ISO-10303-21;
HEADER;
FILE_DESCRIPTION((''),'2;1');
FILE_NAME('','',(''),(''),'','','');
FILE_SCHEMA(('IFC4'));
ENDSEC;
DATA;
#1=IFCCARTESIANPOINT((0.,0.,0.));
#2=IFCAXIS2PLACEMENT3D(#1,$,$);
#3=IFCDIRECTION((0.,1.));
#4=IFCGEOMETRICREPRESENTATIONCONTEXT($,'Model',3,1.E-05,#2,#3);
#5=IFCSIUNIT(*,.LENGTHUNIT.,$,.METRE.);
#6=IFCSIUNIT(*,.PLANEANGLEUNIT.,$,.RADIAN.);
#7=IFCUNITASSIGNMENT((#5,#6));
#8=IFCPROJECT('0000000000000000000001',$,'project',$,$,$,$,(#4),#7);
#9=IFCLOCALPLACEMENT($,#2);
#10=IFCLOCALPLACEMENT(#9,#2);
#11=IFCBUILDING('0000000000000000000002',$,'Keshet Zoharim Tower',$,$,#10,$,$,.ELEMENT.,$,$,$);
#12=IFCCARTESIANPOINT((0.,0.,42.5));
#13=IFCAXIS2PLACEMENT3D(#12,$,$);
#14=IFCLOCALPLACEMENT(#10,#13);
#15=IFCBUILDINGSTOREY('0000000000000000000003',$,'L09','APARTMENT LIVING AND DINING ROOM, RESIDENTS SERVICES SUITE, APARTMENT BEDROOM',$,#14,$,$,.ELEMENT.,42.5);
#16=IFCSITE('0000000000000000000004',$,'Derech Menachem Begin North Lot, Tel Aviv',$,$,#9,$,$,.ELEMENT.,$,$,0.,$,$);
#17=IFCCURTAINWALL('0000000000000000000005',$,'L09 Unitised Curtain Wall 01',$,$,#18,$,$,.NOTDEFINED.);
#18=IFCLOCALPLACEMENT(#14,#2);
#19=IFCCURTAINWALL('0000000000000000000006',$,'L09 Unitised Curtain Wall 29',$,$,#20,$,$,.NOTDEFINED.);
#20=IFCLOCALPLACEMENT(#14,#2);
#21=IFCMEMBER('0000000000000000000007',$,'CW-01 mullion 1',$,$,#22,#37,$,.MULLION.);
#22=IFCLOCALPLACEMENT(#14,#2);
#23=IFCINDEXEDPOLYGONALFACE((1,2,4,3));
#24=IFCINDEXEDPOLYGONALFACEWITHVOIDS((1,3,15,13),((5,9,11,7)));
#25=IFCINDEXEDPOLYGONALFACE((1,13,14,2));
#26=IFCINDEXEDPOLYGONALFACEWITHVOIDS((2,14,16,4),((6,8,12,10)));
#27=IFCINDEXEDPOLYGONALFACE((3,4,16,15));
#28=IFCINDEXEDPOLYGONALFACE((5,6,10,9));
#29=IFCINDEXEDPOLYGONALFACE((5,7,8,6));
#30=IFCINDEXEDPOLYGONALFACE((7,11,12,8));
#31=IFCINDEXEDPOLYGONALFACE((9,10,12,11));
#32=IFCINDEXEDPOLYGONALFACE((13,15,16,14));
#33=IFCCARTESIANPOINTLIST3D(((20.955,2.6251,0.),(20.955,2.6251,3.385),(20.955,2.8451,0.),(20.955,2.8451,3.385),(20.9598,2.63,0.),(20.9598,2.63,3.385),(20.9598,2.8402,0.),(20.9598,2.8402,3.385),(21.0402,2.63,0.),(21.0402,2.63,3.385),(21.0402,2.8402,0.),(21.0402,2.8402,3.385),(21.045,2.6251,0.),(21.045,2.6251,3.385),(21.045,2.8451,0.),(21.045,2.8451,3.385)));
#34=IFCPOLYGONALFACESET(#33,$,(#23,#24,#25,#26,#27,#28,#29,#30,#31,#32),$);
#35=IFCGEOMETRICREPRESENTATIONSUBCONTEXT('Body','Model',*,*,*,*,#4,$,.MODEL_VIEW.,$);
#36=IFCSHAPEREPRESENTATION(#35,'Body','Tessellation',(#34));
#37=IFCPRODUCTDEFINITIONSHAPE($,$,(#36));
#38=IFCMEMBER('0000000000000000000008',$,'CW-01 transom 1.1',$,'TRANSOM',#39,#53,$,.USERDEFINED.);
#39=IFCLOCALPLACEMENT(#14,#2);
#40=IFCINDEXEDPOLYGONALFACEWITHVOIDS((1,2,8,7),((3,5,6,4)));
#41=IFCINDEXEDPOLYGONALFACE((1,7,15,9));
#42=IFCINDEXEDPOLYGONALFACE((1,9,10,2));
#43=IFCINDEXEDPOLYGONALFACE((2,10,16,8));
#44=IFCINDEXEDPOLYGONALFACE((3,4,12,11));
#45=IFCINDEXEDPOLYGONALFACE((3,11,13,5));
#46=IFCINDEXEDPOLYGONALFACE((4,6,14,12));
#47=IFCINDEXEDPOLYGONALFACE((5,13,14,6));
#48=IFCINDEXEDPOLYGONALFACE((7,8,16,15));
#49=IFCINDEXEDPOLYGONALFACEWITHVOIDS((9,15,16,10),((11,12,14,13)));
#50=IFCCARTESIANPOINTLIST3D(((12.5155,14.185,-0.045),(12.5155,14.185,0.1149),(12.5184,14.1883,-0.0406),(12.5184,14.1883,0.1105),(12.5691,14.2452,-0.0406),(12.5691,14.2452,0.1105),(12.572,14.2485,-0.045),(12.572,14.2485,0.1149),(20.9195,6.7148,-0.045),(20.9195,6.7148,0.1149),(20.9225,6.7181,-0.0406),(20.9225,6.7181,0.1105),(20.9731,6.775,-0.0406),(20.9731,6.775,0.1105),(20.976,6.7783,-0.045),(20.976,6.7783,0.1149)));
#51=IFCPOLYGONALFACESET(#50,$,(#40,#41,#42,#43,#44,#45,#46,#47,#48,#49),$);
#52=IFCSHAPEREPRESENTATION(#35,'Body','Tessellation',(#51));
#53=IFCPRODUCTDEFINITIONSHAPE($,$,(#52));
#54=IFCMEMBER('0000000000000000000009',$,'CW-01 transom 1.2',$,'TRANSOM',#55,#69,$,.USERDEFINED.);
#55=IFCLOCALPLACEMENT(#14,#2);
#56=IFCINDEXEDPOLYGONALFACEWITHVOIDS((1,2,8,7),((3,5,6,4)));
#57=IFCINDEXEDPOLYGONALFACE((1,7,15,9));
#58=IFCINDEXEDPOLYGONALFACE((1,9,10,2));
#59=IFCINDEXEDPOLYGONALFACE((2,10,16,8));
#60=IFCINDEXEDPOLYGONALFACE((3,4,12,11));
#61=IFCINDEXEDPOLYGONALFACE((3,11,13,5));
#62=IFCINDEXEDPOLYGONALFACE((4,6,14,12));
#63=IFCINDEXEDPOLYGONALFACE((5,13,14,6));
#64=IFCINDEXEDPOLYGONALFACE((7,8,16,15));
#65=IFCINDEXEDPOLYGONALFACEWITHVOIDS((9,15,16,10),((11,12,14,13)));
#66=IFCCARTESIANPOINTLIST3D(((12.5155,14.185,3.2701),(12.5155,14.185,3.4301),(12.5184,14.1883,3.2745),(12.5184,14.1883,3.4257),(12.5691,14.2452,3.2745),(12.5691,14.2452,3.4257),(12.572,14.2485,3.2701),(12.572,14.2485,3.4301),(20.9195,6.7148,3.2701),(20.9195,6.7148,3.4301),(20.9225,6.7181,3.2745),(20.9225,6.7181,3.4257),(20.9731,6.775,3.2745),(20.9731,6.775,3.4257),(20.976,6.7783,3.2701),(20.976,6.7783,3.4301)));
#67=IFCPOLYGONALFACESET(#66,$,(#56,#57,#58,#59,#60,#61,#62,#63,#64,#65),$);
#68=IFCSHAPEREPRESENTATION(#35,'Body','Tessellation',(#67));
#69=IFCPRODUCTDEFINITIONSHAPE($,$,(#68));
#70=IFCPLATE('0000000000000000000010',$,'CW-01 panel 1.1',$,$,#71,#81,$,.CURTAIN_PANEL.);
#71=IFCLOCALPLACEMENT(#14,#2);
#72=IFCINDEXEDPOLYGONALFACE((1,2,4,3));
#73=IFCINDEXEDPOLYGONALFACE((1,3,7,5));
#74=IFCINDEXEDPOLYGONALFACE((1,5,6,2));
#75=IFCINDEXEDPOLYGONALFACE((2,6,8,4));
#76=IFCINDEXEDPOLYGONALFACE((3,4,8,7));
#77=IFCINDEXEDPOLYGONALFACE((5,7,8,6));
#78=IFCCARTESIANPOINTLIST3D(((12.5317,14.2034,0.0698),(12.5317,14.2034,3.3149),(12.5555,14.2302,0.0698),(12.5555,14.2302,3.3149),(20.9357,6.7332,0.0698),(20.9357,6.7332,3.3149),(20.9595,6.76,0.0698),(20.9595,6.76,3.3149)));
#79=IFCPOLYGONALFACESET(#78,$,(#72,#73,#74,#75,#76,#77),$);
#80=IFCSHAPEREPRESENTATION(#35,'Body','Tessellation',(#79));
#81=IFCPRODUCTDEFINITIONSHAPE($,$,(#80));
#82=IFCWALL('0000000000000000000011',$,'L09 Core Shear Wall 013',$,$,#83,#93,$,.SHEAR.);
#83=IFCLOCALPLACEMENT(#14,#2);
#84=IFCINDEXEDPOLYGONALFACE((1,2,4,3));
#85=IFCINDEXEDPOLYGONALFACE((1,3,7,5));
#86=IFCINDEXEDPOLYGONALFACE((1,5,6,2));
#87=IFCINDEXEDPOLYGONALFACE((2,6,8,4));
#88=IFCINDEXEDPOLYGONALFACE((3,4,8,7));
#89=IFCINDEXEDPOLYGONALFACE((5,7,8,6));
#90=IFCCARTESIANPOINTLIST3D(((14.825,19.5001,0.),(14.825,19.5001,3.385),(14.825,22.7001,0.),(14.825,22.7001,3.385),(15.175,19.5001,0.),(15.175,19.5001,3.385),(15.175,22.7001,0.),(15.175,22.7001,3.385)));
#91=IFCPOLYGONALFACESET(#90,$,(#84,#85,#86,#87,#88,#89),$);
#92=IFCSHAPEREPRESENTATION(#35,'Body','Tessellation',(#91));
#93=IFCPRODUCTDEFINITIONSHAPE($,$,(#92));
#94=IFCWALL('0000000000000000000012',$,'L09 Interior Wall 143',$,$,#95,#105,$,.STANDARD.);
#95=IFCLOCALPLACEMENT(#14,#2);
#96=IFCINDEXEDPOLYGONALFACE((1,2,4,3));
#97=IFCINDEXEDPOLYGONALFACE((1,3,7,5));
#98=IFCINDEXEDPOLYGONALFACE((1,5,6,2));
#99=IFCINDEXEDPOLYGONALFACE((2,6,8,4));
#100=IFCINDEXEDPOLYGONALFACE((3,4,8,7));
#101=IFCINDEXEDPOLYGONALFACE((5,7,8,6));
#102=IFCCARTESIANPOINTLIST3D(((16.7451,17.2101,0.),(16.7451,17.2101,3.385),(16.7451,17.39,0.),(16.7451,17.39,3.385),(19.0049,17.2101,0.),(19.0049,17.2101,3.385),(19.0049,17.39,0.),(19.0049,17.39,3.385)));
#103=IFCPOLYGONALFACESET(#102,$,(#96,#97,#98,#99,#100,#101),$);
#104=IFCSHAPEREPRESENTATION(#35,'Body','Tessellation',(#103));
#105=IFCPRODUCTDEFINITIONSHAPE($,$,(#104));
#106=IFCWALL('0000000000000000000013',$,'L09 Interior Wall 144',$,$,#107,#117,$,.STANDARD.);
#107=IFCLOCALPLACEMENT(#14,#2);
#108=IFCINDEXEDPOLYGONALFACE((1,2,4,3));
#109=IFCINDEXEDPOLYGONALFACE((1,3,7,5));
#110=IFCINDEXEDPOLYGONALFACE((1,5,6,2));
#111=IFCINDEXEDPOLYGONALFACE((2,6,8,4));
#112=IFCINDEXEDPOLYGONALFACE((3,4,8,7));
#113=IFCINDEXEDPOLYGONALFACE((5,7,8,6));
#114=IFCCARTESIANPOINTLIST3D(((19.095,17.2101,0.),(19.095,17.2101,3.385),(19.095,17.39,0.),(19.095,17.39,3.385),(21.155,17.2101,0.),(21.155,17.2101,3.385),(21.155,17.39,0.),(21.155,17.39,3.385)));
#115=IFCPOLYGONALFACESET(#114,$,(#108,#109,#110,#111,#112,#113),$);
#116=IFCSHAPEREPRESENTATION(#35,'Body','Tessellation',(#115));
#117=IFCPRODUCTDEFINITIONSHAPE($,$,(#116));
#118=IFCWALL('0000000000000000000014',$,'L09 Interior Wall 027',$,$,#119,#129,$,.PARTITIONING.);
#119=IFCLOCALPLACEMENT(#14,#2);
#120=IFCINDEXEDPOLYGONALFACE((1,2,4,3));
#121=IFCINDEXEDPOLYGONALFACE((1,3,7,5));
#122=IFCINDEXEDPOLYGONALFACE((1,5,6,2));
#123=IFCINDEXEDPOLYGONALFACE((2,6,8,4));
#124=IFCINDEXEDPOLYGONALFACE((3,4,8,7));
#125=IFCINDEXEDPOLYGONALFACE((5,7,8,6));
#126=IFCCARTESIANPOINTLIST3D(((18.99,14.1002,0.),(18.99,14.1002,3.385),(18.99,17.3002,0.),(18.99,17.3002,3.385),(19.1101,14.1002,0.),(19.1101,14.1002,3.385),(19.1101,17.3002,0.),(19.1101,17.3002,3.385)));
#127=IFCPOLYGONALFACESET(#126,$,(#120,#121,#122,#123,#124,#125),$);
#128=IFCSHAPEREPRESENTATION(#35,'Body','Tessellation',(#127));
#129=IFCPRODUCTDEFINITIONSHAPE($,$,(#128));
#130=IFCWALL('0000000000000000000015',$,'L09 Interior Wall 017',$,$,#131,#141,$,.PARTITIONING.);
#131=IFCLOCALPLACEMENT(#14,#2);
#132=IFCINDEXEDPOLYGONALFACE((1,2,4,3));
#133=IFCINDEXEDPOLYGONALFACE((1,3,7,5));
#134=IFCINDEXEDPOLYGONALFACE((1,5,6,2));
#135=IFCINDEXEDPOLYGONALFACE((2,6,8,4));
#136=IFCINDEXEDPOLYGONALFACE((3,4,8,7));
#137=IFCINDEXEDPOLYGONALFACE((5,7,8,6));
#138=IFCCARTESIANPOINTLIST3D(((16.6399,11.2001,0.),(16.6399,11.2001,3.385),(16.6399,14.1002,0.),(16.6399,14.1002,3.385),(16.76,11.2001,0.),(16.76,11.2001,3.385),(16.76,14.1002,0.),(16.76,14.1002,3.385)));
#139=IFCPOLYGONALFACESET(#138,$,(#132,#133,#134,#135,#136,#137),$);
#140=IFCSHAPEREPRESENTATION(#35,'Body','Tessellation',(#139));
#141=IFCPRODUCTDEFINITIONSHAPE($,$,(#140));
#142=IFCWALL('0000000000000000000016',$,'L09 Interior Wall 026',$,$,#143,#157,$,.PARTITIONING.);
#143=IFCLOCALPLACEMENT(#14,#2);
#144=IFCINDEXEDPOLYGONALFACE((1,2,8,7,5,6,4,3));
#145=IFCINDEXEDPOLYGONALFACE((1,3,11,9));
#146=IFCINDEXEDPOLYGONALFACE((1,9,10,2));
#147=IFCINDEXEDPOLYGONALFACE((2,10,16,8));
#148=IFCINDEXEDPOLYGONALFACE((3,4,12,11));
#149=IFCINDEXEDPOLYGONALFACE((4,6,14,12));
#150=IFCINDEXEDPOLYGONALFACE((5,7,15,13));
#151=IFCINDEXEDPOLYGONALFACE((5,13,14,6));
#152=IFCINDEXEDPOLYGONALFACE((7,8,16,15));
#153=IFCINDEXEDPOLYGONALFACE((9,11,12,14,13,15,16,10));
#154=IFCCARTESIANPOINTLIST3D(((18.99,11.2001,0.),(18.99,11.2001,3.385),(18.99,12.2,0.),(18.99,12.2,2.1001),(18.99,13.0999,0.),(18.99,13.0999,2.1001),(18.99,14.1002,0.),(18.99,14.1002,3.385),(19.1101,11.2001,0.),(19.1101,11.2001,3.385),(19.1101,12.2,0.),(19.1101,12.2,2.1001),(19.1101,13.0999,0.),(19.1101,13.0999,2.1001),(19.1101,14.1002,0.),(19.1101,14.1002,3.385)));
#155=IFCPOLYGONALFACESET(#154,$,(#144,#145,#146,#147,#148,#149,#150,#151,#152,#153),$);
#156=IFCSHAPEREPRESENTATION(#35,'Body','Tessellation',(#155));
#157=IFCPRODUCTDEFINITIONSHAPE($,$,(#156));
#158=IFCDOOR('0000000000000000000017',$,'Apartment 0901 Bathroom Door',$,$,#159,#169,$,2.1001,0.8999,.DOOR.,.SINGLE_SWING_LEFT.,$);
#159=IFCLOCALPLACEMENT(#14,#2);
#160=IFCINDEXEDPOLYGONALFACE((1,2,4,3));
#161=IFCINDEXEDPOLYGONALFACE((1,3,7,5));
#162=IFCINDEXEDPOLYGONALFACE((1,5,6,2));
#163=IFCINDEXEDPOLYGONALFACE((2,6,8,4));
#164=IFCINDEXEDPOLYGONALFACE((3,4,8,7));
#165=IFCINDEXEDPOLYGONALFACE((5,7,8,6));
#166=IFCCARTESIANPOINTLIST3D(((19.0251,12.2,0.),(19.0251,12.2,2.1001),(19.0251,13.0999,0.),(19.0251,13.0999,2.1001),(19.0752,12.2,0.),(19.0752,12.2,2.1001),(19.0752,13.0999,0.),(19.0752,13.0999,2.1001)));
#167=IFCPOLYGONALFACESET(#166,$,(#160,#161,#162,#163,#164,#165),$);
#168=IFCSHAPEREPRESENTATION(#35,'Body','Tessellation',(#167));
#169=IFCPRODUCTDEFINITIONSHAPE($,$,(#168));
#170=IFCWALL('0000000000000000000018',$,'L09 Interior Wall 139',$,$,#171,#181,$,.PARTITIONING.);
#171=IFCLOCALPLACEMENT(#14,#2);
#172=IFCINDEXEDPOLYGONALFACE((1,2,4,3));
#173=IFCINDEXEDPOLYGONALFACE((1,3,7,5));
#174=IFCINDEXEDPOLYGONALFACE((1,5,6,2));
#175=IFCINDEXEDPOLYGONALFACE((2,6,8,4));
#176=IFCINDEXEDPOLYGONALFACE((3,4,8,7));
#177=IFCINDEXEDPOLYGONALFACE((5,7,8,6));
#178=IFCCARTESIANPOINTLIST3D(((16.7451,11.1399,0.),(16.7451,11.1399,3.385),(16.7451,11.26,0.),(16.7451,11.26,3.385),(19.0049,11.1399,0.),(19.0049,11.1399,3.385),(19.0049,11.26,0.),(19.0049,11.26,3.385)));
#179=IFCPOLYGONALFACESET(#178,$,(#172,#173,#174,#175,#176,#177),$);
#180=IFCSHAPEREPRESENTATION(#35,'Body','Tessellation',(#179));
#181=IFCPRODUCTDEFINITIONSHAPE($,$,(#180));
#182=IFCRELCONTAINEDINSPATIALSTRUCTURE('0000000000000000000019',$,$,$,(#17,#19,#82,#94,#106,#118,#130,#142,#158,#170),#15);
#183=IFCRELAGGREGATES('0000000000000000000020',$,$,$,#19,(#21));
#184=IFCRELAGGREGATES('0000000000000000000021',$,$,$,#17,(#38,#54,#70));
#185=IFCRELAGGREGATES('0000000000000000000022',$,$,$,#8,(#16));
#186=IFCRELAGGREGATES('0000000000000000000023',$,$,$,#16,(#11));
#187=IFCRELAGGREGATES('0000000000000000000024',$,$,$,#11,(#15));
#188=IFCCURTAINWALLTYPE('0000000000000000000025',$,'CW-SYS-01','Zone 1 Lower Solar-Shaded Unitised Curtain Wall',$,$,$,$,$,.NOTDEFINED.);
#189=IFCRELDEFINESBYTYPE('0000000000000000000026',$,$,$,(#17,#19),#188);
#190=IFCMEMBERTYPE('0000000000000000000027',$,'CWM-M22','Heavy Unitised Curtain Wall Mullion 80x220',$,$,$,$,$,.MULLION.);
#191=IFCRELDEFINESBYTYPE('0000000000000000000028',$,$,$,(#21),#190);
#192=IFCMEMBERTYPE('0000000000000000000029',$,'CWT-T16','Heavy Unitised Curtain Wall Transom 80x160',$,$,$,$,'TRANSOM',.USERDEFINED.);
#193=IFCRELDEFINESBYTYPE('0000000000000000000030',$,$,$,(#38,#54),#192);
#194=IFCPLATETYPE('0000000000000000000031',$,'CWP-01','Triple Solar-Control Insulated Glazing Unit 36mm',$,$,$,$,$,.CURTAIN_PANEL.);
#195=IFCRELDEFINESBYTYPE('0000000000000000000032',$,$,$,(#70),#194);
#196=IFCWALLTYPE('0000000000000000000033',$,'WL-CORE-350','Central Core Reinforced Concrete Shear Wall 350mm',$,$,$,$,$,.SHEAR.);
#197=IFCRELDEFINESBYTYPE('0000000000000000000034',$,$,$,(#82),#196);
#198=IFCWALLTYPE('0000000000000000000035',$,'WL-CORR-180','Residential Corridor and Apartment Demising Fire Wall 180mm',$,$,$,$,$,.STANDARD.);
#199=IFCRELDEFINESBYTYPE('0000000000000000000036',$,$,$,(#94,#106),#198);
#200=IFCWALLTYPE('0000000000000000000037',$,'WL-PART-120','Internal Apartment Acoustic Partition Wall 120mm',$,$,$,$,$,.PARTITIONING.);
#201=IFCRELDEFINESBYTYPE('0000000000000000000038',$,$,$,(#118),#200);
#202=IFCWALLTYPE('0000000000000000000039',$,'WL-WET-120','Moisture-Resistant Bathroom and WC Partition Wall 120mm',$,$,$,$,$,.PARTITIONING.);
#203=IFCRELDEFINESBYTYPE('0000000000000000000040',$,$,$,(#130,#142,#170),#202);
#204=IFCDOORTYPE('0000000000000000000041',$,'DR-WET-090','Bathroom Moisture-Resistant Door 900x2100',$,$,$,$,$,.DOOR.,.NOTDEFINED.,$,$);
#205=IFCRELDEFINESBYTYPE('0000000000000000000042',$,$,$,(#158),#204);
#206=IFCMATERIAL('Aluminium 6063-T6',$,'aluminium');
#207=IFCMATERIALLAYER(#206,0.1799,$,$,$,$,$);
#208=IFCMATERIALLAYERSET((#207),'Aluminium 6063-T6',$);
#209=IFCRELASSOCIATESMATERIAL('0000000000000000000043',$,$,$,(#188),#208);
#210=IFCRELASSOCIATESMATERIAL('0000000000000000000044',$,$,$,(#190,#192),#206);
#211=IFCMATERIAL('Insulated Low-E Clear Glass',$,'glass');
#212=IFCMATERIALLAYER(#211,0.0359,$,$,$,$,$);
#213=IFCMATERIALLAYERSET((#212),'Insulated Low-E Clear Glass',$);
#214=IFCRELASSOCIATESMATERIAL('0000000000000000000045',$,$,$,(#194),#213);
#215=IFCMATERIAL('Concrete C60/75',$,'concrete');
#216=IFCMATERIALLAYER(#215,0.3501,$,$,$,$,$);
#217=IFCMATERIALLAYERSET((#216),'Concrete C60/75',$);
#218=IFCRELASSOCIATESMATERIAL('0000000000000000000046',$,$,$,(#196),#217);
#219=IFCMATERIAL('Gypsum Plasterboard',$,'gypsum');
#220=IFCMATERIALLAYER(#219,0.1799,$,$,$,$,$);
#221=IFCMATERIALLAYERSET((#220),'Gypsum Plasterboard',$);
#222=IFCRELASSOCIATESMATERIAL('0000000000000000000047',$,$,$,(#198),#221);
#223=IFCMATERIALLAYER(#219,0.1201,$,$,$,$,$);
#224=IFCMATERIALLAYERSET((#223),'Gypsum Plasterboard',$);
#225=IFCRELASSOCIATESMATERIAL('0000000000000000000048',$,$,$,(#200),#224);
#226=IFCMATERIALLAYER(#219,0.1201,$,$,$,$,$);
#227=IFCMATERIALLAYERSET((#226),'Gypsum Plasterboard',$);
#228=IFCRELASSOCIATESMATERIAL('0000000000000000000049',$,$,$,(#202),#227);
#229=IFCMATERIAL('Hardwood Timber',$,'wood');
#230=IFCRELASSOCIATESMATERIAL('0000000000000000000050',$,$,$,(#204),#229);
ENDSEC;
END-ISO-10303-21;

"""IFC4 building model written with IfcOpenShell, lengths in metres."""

from ifc_helpers import new_model, si_unit, direction, frame, frame_2d, origin, origin_2d, place, context, subcontext, project, spatial, rectangle, hollow_rectangle, extrude, material, layer, layer_set, material_profile, profile_set, type_object, element, fill, aggregate, save


model = new_model("IFC4")

# Units and contexts
model_context = context("Model", 3, precision=1e-05, world=origin(), true_north=direction((0.0, 1.0)))
body_context = subcontext(model_context, "Body", "Model", "MODEL_VIEW")
ifc_project = project(units=[si_unit("LENGTHUNIT", "METRE"), si_unit("PLANEANGLEUNIT", "RADIAN")], contexts=[model_context])

# Site, building, storey
site_placement = place(None, origin())
site = spatial("IfcSite", under=ifc_project, at=site_placement, Name="Derech Menachem Begin North Lot, Tel Aviv", CompositionType="ELEMENT", RefElevation=0.0)
building_placement = place(site_placement, origin())
building = spatial("IfcBuilding", under=site, at=building_placement, Name="Keshet Zoharim Tower", CompositionType="ELEMENT")
storey_placement = place(building_placement, frame((0.0, 0.0, 42.5)))
storey = spatial("IfcBuildingStorey", under=building, at=storey_placement, Name="L09", Description="APARTMENT LIVING AND DINING ROOM, RESIDENTS SERVICES SUITE, APARTMENT BEDROOM", CompositionType="ELEMENT", Elevation=42.5)

# Shared definitions
ifc_material_1 = material(Name="Concrete C60/75", Category="concrete")

# Curtain walls, member
ifc_material_2 = material(Name="Aluminium 6063-T6", Category="aluminium")
ifc_layer_1 = layer(ifc_material_2, 0.1799)
ifc_layer_set_1 = layer_set([ifc_layer_1], Name="Aluminium 6063-T6")
curtain_wall_type = type_object("IfcCurtainWallType", Name="CW-SYS-01", Description="Zone 1 Lower Solar-Shaded Unitised Curtain Wall", PredefinedType="NOTDEFINED", material=ifc_layer_set_1)
curtain_wall_1_placement = place(storey_placement, origin())
curtain_wall_1 = element("IfcCurtainWall", 1, at=curtain_wall_1_placement, inside=storey, type_object=curtain_wall_type, Name="L09 Unitised Curtain Wall 01", PredefinedType="NOTDEFINED")
ifc_material_profile_1 = material_profile(ifc_material_2, hollow_rectangle(XDim=0.0901, YDim=0.22, WallThickness=0.0049, at=origin_2d()), Name="MUL-90x220")
ifc_profile_set_1 = profile_set([ifc_material_profile_1], Name="Aluminium 6063-T6")
member_type_1 = type_object("IfcMemberType", Name="CWM-M22", Description="Heavy Unitised Curtain Wall Mullion 80x220", PredefinedType="MULLION", material=ifc_profile_set_1)
curtain_wall_2_placement = place(storey_placement, origin())
curtain_wall_2 = element("IfcCurtainWall", 2, at=curtain_wall_2_placement, inside=storey, type_object=curtain_wall_type, Name="L09 Unitised Curtain Wall 29", PredefinedType="NOTDEFINED")
member_1_placement = place(storey_placement, frame((21.0, 2.7351, 0.0), z_axis=(0.0, 0.0, 1.0), x_axis=(-1.0, 0.0, 0.0)))
member_1 = element("IfcMember", 3, at=member_1_placement, type_object=member_type_1, Name="CW-01 mullion 1", PredefinedType="MULLION", context=body_context, shape_type="SweptSolid", body=[
    extrude(hollow_rectangle(XDim=0.0901, YDim=0.22, WallThickness=0.0049, at=origin_2d()), origin(), (0.0, 0.0, 1.0), 3.385),
])
aggregate(curtain_wall_2, [member_1])

# Members
ifc_material_profile_2 = material_profile(ifc_material_2, hollow_rectangle(XDim=0.085, YDim=0.1599, WallThickness=0.0044, at=origin_2d()), Name="TRN-85x160")
ifc_profile_set_2 = profile_set([ifc_material_profile_2], Name="Aluminium 6063-T6")
member_type_2 = type_object("IfcMemberType", Name="CWT-T16", Description="Heavy Unitised Curtain Wall Transom 80x160", ElementType="TRANSOM", PredefinedType="USERDEFINED", material=ifc_profile_set_2)
member_2_placement = place(storey_placement, frame((20.9478, 6.7466, 0.0349), z_axis=(-0.747412, 0.664361, 0.0), x_axis=(-0.664361, -0.747412, 0.0)))
member_2 = element("IfcMember", 4, at=member_2_placement, type_object=member_type_2, Name="CW-01 transom 1.1", ObjectType="TRANSOM", PredefinedType="USERDEFINED", context=body_context, shape_type="SweptSolid", body=[
    extrude(hollow_rectangle(XDim=0.085, YDim=0.1599, WallThickness=0.0044, at=origin_2d()), origin(), (0.0, 0.0, 1.0), 11.2441),
])
member_3_placement = place(storey_placement, frame((20.9478, 6.7466, 3.3501), z_axis=(-0.747412, 0.664361, 0.0), x_axis=(-0.664361, -0.747412, 0.0)))
member_3 = element("IfcMember", 5, at=member_3_placement, type_object=member_type_2, Name="CW-01 transom 1.2", ObjectType="TRANSOM", PredefinedType="USERDEFINED", context=body_context, shape_type="SweptSolid", body=[
    extrude(hollow_rectangle(XDim=0.085, YDim=0.1599, WallThickness=0.0044, at=origin_2d()), origin(), (0.0, 0.0, 1.0), 11.2441),
])

# Plate
ifc_material_3 = material(Name="Insulated Low-E Clear Glass", Category="glass")
ifc_layer_2 = layer(ifc_material_3, 0.0359)
ifc_layer_set_2 = layer_set([ifc_layer_2], Name="Insulated Low-E Clear Glass")
plate_type = type_object("IfcPlateType", Name="CWP-01", Description="Triple Solar-Control Insulated Glazing Unit 36mm", PredefinedType="CURTAIN_PANEL", material=ifc_layer_set_2)
plate_placement = place(storey_placement, frame((16.7456, 10.4817, 0.0698), z_axis=(0.0, 0.0, 1.0), x_axis=(-0.747409, 0.664364, 0.0)))
plate = element("IfcPlate", 6, at=plate_placement, type_object=plate_type, Name="CW-01 panel 1.1", PredefinedType="CURTAIN_PANEL", context=body_context, shape_type="SweptSolid", body=[
    extrude(rectangle(XDim=11.2441, YDim=0.0359, at=origin_2d()), origin(), (0.0, 0.0, 1.0), 3.2451),
])
aggregate(curtain_wall_1, [member_2, member_3, plate])

# Walls
ifc_layer_3 = layer(ifc_material_1, 0.3501)
ifc_layer_set_3 = layer_set([ifc_layer_3], Name="Concrete C60/75")
wall_type_1 = type_object("IfcWallType", Name="WL-CORE-350", Description="Central Core Reinforced Concrete Shear Wall 350mm", PredefinedType="SHEAR", material=ifc_layer_set_3)
wall_1_placement = place(storey_placement, frame((15.0, 19.5, 0.0), z_axis=(0.0, 0.0, 1.0), x_axis=(0.0, 1.0, 0.0)))
element("IfcWall", 7, at=wall_1_placement, inside=storey, type_object=wall_type_1, Name="L09 Core Shear Wall 013", PredefinedType="SHEAR", context=body_context, shape_type="SweptSolid", body=[
    extrude(rectangle(XDim=3.2, YDim=0.3501, at=frame_2d((1.6001, 0.0))), origin(), (0.0, 0.0, 1.0), 3.385),
])
ifc_material_4 = material(Name="Gypsum Plasterboard", Category="gypsum")
ifc_layer_4 = layer(ifc_material_4, 0.1799)
ifc_layer_set_4 = layer_set([ifc_layer_4], Name="Gypsum Plasterboard")
wall_type_2 = type_object("IfcWallType", Name="WL-CORR-180", Description="Residential Corridor and Apartment Demising Fire Wall 180mm", PredefinedType="STANDARD", material=ifc_layer_set_4)
wall_2_placement = place(storey_placement, frame((16.7451, 17.3, 0.0), z_axis=(0.0, 0.0, 1.0), x_axis=(1.0, 0.0, 0.0)))
element("IfcWall", 8, at=wall_2_placement, inside=storey, type_object=wall_type_2, Name="L09 Interior Wall 143", PredefinedType="STANDARD", context=body_context, shape_type="SweptSolid", body=[
    extrude(rectangle(XDim=2.2598, YDim=0.1799, at=frame_2d((1.1299, 0.0))), origin(), (0.0, 0.0, 1.0), 3.385),
])
wall_3_placement = place(storey_placement, frame((19.095, 17.3, 0.0), z_axis=(0.0, 0.0, 1.0), x_axis=(1.0, 0.0, 0.0)))
element("IfcWall", 9, at=wall_3_placement, inside=storey, type_object=wall_type_2, Name="L09 Interior Wall 144", PredefinedType="STANDARD", context=body_context, shape_type="SweptSolid", body=[
    extrude(rectangle(XDim=2.0601, YDim=0.1799, at=frame_2d((1.03, 0.0))), origin(), (0.0, 0.0, 1.0), 3.385),
])

# Shared definitions
ifc_layer_5 = layer(ifc_material_4, 0.1201)
ifc_layer_set_5 = layer_set([ifc_layer_5], Name="Gypsum Plasterboard")
wall_type_3 = type_object("IfcWallType", Name="WL-PART-120", Description="Internal Apartment Acoustic Partition Wall 120mm", PredefinedType="PARTITIONING", material=ifc_layer_set_5)
ifc_material_5 = material(Name="Hardwood Timber", Category="wood")

# Walls
wall_4_placement = place(storey_placement, frame((19.05, 14.1001, 0.0), z_axis=(0.0, 0.0, 1.0), x_axis=(0.0, 1.0, 0.0)))
element("IfcWall", 10, at=wall_4_placement, inside=storey, type_object=wall_type_3, Name="L09 Interior Wall 027", PredefinedType="PARTITIONING", context=body_context, shape_type="SweptSolid", body=[
    extrude(rectangle(XDim=3.2, YDim=0.1201, at=frame_2d((1.6001, 0.0))), origin(), (0.0, 0.0, 1.0), 3.385),
])
ifc_layer_6 = layer(ifc_material_4, 0.1201)
ifc_layer_set_6 = layer_set([ifc_layer_6], Name="Gypsum Plasterboard")
wall_type_4 = type_object("IfcWallType", Name="WL-WET-120", Description="Moisture-Resistant Bathroom and WC Partition Wall 120mm", PredefinedType="PARTITIONING", material=ifc_layer_set_6)
wall_5_placement = place(storey_placement, frame((16.7, 11.2, 0.0), z_axis=(0.0, 0.0, 1.0), x_axis=(0.0, 1.0, 0.0)))
element("IfcWall", 11, at=wall_5_placement, inside=storey, type_object=wall_type_4, Name="L09 Interior Wall 017", PredefinedType="PARTITIONING", context=body_context, shape_type="SweptSolid", body=[
    extrude(rectangle(XDim=2.9001, YDim=0.1201, at=frame_2d((1.4502, 0.0))), origin(), (0.0, 0.0, 1.0), 3.385),
])

# Wall, opening, door
wall_6_placement = place(storey_placement, frame((19.05, 11.2, 0.0), z_axis=(0.0, 0.0, 1.0), x_axis=(0.0, 1.0, 0.0)))
wall_6 = element("IfcWall", 12, at=wall_6_placement, inside=storey, type_object=wall_type_4, Name="L09 Interior Wall 026", PredefinedType="PARTITIONING", context=body_context, shape_type="SweptSolid", body=[
    extrude(rectangle(XDim=2.9001, YDim=0.1201, at=frame_2d((1.4502, 0.0))), origin(), (0.0, 0.0, 1.0), 3.385),
])
opening_1_placement = place(wall_6_placement, frame((1.0, 0.0, 0.0)))
opening_1 = element("IfcOpeningElement", 13, at=opening_1_placement, cuts=wall_6, PredefinedType="OPENING", context=body_context, shape_type="SweptSolid", body=[
    extrude(rectangle(XDim=0.8999, YDim=2.1001, at=frame_2d((0.45, 1.05))), frame((0.0, 0.0701, 0.0), z_axis=(0.0, -1.0, 0.0), x_axis=(1.0, 0.0, 0.0)), (0.0, 0.0, 1.0), 0.1401),
])
door_type_1 = type_object("IfcDoorType", Name="DR-WET-090", Description="Bathroom Moisture-Resistant Door 900x2100", OperationType="NOTDEFINED", PredefinedType="DOOR", material=ifc_material_5)
door_1_placement = place(opening_1_placement, origin())
door_1 = element("IfcDoor", 14, at=door_1_placement, inside=storey, type_object=door_type_1, Name="Apartment 0901 Bathroom Door", OperationType="SINGLE_SWING_LEFT", OverallHeight=2.1001, OverallWidth=0.8999, PredefinedType="DOOR", context=body_context, shape_type="SweptSolid", body=[
    extrude(rectangle(XDim=0.8999, YDim=2.1001, at=frame_2d((0.45, 1.05))), frame((0.0, 0.0249, 0.0), z_axis=(0.0, -1.0, 0.0), x_axis=(1.0, 0.0, 0.0)), (0.0, 0.0, 1.0), 0.05),
])
fill(opening_1, door_1)

# Wall
for number, where, z_axis, x_axis, name in (
    (15, (16.7451, 11.2, 0.0), (0.0, 0.0, 1.0), (1.0, 0.0, 0.0), "L09 Interior Wall 139"),
):
    element("IfcWall", number, at=place(storey_placement, frame(where, z_axis=z_axis, x_axis=x_axis)), inside=storey, type_object=wall_type_4, Name=name, PredefinedType="PARTITIONING", context=body_context, shape_type="SweptSolid", body=[
        extrude(rectangle(XDim=2.2598, YDim=0.1201, at=frame_2d((1.1299, 0.0))), origin(), (0.0, 0.0, 1.0), 3.385),
    ])

save(model, "model.ifc")
